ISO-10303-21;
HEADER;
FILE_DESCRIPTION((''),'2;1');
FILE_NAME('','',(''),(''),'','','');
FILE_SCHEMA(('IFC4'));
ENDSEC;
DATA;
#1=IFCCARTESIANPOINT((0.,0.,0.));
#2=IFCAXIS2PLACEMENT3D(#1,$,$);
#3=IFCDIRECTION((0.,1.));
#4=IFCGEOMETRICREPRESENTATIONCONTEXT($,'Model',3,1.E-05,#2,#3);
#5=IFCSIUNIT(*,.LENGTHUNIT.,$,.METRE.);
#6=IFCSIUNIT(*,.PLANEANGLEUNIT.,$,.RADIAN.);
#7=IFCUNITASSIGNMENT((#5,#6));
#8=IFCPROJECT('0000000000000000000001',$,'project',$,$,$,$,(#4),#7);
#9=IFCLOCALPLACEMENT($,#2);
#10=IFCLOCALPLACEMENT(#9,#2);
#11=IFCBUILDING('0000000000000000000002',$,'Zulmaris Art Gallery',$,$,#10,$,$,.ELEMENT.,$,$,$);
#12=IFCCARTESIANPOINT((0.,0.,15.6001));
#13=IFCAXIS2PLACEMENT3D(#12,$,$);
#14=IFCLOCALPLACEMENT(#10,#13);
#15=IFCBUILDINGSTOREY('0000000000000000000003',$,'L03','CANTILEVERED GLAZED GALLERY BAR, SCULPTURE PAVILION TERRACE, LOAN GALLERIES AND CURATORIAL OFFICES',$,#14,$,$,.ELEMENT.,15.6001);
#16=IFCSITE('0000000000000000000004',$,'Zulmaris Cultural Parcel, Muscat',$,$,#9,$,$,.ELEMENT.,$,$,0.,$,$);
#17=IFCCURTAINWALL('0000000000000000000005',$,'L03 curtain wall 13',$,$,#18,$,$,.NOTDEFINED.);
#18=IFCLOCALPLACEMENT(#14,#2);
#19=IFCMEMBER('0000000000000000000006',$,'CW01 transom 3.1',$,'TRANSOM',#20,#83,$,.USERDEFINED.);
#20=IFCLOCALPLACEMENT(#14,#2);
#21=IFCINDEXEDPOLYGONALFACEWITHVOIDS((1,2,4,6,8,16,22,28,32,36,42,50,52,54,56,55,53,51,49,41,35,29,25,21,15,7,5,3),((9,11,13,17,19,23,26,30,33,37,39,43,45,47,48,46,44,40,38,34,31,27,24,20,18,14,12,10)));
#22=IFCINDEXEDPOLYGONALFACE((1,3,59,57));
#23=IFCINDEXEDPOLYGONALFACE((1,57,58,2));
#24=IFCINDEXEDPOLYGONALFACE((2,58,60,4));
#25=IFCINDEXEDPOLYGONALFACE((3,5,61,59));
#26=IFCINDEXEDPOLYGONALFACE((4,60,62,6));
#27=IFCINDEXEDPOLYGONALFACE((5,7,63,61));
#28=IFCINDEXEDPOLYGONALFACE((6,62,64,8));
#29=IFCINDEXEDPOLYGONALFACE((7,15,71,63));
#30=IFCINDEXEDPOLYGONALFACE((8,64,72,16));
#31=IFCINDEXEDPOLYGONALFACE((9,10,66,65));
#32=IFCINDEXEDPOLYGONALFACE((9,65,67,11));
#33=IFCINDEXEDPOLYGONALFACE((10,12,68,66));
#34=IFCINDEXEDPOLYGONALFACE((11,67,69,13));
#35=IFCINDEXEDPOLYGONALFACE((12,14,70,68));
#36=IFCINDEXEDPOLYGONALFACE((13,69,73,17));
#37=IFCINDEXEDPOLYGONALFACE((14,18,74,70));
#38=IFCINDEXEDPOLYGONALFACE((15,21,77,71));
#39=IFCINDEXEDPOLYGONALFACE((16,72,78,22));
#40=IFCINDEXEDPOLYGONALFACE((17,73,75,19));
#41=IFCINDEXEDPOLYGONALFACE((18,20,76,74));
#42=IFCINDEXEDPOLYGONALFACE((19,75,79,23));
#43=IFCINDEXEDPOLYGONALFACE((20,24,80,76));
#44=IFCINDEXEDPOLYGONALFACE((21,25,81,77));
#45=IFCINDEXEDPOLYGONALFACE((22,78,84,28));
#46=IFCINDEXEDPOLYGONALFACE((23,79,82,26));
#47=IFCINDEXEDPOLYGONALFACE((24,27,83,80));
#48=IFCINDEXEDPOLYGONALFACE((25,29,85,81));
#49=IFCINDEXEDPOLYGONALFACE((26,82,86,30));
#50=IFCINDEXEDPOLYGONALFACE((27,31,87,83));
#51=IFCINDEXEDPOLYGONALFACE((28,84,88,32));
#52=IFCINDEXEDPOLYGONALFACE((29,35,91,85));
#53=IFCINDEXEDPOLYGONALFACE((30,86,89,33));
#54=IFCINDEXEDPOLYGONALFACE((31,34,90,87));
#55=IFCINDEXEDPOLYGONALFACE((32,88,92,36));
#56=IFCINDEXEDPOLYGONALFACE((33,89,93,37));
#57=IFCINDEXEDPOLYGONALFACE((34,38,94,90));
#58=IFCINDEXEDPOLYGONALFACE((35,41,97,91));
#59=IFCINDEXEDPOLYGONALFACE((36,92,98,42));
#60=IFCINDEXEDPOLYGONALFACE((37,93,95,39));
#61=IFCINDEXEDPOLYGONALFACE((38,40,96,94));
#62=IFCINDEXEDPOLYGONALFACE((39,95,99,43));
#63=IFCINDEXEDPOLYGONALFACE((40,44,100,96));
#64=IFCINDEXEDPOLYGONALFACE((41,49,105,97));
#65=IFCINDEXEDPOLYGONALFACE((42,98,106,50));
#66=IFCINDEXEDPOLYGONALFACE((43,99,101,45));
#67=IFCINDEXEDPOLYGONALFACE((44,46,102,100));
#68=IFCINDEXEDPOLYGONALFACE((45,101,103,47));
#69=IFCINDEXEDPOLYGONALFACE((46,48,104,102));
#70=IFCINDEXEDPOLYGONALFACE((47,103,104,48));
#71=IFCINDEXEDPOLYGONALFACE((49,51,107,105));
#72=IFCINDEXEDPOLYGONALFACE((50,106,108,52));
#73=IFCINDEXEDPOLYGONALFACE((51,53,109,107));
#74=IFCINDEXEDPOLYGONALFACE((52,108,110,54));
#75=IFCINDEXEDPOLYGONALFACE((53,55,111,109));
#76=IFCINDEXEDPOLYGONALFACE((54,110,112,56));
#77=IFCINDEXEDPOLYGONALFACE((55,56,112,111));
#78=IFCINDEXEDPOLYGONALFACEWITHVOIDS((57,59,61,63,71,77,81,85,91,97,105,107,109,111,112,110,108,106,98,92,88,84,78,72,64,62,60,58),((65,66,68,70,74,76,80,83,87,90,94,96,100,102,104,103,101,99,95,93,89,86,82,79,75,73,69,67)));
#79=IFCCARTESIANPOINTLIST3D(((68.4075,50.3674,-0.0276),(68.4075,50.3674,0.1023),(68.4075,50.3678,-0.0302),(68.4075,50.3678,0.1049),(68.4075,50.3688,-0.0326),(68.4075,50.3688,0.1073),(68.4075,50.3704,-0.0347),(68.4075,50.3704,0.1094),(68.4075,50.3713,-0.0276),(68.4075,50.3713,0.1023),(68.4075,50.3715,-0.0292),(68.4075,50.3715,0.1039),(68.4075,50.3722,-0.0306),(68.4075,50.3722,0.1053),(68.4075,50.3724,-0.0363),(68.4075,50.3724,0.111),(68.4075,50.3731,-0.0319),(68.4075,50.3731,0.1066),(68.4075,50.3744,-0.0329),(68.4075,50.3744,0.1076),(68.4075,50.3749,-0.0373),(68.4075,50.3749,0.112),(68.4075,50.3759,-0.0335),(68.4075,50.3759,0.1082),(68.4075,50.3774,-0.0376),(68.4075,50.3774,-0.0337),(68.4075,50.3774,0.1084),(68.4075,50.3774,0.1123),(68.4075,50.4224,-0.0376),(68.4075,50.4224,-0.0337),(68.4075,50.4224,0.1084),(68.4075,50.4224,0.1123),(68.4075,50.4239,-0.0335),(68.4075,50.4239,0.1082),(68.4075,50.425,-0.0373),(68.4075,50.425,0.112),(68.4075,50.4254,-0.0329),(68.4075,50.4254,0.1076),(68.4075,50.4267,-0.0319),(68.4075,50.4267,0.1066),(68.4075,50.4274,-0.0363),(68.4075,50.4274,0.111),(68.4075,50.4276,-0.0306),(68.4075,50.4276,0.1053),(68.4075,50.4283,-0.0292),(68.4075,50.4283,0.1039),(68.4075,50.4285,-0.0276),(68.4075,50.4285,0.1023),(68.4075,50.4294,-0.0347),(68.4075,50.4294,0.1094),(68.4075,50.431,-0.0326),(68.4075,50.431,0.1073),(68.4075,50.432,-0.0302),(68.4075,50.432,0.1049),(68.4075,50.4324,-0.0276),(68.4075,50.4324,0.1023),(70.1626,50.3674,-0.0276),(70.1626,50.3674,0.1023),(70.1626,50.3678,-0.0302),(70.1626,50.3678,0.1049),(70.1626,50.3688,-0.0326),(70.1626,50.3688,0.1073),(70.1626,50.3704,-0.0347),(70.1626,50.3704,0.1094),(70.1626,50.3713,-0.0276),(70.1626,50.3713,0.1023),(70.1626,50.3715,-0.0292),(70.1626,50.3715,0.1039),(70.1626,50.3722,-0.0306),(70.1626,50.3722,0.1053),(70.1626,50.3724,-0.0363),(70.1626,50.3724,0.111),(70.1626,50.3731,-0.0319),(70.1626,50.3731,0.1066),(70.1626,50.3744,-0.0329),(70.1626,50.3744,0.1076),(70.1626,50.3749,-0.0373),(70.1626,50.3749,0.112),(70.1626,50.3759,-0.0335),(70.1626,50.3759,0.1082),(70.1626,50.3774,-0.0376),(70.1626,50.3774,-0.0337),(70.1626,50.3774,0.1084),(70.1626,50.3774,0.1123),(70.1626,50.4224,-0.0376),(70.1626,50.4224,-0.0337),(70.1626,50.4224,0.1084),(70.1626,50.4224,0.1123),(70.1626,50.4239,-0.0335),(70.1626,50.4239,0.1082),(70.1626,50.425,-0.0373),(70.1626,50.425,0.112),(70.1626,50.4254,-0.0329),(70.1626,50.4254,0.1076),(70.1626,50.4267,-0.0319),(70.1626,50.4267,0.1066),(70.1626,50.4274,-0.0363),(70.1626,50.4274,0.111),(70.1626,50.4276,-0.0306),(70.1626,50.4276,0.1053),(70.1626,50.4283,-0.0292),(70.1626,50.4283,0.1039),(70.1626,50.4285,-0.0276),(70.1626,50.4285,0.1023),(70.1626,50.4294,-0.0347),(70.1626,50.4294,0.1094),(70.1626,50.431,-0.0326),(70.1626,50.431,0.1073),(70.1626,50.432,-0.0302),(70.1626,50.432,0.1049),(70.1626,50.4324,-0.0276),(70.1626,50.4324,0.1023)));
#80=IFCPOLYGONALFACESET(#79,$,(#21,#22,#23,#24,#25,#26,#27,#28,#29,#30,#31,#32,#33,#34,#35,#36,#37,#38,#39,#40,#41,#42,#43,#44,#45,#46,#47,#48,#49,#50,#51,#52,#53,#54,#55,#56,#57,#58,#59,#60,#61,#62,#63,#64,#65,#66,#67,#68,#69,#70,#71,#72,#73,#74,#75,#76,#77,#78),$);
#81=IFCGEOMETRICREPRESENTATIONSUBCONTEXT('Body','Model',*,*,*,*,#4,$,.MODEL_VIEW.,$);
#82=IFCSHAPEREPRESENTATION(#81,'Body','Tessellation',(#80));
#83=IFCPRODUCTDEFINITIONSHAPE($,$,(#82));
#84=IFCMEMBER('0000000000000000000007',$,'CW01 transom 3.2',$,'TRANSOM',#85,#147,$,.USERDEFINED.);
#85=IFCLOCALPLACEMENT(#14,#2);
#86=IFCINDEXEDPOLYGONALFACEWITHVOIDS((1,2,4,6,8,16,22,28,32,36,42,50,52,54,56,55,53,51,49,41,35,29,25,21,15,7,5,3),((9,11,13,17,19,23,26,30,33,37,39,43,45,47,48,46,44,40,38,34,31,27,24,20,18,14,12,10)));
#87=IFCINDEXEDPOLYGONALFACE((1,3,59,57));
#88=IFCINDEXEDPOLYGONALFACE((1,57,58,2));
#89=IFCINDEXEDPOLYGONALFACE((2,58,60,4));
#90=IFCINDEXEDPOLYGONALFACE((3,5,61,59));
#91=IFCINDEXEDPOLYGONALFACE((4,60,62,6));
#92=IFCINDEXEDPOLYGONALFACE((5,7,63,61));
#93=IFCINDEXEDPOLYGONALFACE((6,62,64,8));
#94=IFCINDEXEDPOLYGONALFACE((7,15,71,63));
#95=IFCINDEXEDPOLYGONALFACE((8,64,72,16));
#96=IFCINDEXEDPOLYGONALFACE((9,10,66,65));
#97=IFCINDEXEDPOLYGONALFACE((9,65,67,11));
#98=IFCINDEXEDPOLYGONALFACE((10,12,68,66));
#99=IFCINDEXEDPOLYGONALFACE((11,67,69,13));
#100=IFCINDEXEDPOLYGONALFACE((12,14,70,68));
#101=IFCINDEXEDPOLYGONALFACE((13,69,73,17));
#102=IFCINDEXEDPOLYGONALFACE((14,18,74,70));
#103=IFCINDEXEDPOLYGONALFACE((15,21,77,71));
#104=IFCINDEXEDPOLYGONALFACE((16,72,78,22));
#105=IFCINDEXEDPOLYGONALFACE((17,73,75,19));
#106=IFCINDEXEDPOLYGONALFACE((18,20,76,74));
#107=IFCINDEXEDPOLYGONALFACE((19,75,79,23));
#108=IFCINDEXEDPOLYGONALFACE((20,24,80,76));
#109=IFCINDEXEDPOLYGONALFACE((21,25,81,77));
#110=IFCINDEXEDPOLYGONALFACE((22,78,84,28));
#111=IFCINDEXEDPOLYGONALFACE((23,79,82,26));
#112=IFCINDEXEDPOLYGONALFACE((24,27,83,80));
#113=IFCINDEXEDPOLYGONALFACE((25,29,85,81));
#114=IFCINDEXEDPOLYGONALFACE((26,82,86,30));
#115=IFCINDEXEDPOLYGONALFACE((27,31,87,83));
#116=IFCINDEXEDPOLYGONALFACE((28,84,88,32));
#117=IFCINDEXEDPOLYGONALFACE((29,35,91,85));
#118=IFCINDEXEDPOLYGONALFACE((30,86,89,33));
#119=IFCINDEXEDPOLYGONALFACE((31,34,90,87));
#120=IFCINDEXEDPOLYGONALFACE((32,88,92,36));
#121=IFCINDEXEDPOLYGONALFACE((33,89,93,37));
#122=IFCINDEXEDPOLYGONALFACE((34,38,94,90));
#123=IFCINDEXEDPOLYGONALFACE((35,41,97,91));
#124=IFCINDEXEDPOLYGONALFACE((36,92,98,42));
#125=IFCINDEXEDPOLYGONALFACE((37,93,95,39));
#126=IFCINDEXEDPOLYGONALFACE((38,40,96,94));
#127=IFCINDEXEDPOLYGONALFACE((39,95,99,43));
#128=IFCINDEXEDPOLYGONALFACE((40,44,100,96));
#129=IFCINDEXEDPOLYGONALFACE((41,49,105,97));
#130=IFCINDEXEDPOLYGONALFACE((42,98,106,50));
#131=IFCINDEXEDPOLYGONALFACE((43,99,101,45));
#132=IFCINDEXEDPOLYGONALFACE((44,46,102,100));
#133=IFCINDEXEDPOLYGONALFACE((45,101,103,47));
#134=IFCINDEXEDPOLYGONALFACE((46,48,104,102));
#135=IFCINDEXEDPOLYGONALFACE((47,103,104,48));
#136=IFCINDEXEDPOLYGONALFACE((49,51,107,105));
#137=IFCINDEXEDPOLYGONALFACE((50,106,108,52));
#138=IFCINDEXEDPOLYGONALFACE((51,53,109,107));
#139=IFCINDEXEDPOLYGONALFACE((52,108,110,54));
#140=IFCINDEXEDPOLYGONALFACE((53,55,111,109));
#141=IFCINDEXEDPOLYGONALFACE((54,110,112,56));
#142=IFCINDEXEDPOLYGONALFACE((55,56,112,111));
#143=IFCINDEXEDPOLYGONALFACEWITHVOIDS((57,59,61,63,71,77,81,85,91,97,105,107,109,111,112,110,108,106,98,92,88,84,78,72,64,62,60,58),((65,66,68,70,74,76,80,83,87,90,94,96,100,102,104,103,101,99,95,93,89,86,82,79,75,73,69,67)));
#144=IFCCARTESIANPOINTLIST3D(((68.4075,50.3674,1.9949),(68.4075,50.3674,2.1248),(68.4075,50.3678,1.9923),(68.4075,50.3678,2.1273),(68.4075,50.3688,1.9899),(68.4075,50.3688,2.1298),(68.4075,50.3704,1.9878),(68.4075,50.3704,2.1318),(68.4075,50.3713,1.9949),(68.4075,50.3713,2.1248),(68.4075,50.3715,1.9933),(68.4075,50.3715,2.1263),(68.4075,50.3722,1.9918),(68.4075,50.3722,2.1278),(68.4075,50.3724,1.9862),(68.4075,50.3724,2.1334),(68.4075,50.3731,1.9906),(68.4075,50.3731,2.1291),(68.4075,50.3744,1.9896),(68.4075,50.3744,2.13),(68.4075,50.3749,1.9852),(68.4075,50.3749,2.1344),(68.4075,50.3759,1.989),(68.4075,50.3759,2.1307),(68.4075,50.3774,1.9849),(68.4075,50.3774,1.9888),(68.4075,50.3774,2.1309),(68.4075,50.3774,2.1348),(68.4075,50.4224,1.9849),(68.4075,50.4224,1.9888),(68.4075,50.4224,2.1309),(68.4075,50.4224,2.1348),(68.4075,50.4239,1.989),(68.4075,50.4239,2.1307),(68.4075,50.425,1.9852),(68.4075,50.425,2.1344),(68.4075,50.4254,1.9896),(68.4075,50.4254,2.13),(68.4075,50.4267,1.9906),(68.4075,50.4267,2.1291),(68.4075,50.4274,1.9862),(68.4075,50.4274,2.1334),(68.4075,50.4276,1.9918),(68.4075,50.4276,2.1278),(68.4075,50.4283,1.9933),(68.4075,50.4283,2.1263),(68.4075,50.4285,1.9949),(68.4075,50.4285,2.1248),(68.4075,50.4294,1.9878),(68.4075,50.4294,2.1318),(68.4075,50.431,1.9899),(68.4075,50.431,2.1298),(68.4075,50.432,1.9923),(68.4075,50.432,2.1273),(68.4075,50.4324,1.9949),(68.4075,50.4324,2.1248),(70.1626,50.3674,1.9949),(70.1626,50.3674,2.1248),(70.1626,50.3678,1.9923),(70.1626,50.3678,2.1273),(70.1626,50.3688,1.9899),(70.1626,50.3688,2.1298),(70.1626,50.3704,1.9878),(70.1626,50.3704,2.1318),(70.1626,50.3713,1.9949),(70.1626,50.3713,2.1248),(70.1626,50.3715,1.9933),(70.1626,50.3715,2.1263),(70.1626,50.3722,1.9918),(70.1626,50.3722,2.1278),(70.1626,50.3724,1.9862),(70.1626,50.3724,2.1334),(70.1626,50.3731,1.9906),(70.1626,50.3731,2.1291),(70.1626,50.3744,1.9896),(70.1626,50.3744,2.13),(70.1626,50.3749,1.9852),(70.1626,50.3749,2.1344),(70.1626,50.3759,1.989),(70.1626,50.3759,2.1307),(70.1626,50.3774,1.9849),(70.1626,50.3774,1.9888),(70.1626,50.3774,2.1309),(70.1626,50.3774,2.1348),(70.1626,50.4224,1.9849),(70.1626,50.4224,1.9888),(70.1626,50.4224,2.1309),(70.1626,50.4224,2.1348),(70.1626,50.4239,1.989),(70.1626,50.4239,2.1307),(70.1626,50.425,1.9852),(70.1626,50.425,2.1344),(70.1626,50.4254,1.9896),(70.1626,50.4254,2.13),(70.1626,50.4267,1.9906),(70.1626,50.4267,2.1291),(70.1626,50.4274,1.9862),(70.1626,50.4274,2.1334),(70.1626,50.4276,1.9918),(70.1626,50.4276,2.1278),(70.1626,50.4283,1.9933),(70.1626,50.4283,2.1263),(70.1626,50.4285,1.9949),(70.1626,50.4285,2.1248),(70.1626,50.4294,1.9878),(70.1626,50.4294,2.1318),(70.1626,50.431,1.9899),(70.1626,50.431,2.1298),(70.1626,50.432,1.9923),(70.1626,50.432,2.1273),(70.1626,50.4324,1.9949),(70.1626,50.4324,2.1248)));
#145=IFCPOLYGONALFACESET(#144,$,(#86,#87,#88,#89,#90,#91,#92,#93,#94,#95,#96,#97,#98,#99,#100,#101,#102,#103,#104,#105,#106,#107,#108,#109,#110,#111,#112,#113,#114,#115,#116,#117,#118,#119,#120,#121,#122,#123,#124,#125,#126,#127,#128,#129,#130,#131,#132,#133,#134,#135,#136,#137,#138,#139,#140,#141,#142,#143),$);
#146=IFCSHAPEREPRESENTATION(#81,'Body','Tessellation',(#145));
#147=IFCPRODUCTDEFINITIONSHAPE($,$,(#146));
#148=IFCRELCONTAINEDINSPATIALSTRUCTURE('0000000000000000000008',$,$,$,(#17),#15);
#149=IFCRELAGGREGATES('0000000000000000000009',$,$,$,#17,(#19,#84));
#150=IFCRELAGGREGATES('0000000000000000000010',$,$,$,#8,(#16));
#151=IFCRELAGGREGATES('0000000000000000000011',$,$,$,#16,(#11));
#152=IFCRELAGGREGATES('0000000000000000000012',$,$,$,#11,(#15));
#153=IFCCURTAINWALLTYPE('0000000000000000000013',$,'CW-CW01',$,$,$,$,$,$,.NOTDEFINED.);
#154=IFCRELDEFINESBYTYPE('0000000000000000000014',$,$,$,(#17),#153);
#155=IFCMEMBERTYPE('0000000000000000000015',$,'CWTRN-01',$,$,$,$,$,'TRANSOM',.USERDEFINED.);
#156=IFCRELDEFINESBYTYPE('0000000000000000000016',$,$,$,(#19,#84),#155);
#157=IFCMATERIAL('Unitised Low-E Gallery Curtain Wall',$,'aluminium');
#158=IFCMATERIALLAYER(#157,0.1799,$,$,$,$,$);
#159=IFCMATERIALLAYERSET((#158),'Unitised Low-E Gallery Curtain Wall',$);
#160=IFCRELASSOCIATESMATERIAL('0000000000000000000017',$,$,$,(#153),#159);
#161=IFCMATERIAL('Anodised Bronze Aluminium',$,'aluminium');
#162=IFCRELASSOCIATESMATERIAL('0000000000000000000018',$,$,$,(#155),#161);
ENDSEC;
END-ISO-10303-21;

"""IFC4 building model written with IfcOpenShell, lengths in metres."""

from ifc_helpers import new_model, si_unit, direction, frame, origin, origin_2d, place, context, subcontext, project, spatial, hollow_rectangle, extrude, material, layer, layer_set, material_profile, profile_set, type_object, element, aggregate, save


model = new_model("IFC4")

# Units and contexts
model_context = context("Model", 3, precision=1e-05, world=origin(), true_north=direction((0.0, 1.0)))
body_context = subcontext(model_context, "Body", "Model", "MODEL_VIEW")
ifc_project = project(units=[si_unit("LENGTHUNIT", "METRE"), si_unit("PLANEANGLEUNIT", "RADIAN")], contexts=[model_context])

# Site, building, storey
site_placement = place(None, origin())
site = spatial("IfcSite", under=ifc_project, at=site_placement, Name="Zulmaris Cultural Parcel, Muscat", CompositionType="ELEMENT", RefElevation=0.0)
building_placement = place(site_placement, origin())
building = spatial("IfcBuilding", under=site, at=building_placement, Name="Zulmaris Art Gallery", CompositionType="ELEMENT")
storey_placement = place(building_placement, frame((0.0, 0.0, 15.6001)))
storey = spatial("IfcBuildingStorey", under=building, at=storey_placement, Name="L03", Description="CANTILEVERED GLAZED GALLERY BAR, SCULPTURE PAVILION TERRACE, LOAN GALLERIES AND CURATORIAL OFFICES", CompositionType="ELEMENT", Elevation=15.6001)

# Curtain wall
ifc_material_1 = material(Name="Unitised Low-E Gallery Curtain Wall", Category="aluminium")
ifc_layer_1 = layer(ifc_material_1, 0.1799)
ifc_layer_set_1 = layer_set([ifc_layer_1], Name="Unitised Low-E Gallery Curtain Wall")
curtain_wall_type = type_object("IfcCurtainWallType", Name="CW-CW01", PredefinedType="NOTDEFINED", material=ifc_layer_set_1)
ifc_material_2 = material(Name="Anodised Bronze Aluminium", Category="aluminium")
curtain_wall_1_placement = place(storey_placement, origin())
curtain_wall_1 = element("IfcCurtainWall", 1, at=curtain_wall_1_placement, inside=storey, type_object=curtain_wall_type, Name="L03 curtain wall 13", PredefinedType="NOTDEFINED")

# Members
ifc_material_profile_1 = material_profile(ifc_material_2, hollow_rectangle(XDim=0.0649, YDim=0.1499, WallThickness=0.0039, InnerFilletRadius=0.0061, OuterFilletRadius=0.01, at=origin_2d()), Name="ALU 65x150x4")
ifc_profile_set_1 = profile_set([ifc_material_profile_1], Name="Anodised Bronze Aluminium")
member_type_1 = type_object("IfcMemberType", Name="CWTRN-01", ElementType="TRANSOM", PredefinedType="USERDEFINED", material=ifc_profile_set_1)
member_1_placement = place(storey_placement, frame((70.1626, 50.3999, 0.0374), z_axis=(-1.0, 0.0, 0.0), x_axis=(0.0, -1.0, 0.0)))
member_1 = element("IfcMember", 2, at=member_1_placement, type_object=member_type_1, Name="CW01 transom 3.1", ObjectType="TRANSOM", PredefinedType="USERDEFINED", context=body_context, shape_type="SweptSolid", body=[
    extrude(hollow_rectangle(XDim=0.0649, YDim=0.1499, WallThickness=0.0039, InnerFilletRadius=0.0061, OuterFilletRadius=0.01, at=origin_2d()), origin(), (0.0, 0.0, 1.0), 1.7551),
])
member_2_placement = place(storey_placement, frame((70.1626, 50.3999, 2.0598), z_axis=(-1.0, 0.0, 0.0), x_axis=(0.0, -1.0, 0.0)))
member_2 = element("IfcMember", 3, at=member_2_placement, type_object=member_type_1, Name="CW01 transom 3.2", ObjectType="TRANSOM", PredefinedType="USERDEFINED", context=body_context, shape_type="SweptSolid", body=[
    extrude(hollow_rectangle(XDim=0.0649, YDim=0.1499, WallThickness=0.0039, InnerFilletRadius=0.0061, OuterFilletRadius=0.01, at=origin_2d()), origin(), (0.0, 0.0, 1.0), 1.7551),
])

aggregate(curtain_wall_1, [member_1, member_2])

save(model, "model.ifc")
